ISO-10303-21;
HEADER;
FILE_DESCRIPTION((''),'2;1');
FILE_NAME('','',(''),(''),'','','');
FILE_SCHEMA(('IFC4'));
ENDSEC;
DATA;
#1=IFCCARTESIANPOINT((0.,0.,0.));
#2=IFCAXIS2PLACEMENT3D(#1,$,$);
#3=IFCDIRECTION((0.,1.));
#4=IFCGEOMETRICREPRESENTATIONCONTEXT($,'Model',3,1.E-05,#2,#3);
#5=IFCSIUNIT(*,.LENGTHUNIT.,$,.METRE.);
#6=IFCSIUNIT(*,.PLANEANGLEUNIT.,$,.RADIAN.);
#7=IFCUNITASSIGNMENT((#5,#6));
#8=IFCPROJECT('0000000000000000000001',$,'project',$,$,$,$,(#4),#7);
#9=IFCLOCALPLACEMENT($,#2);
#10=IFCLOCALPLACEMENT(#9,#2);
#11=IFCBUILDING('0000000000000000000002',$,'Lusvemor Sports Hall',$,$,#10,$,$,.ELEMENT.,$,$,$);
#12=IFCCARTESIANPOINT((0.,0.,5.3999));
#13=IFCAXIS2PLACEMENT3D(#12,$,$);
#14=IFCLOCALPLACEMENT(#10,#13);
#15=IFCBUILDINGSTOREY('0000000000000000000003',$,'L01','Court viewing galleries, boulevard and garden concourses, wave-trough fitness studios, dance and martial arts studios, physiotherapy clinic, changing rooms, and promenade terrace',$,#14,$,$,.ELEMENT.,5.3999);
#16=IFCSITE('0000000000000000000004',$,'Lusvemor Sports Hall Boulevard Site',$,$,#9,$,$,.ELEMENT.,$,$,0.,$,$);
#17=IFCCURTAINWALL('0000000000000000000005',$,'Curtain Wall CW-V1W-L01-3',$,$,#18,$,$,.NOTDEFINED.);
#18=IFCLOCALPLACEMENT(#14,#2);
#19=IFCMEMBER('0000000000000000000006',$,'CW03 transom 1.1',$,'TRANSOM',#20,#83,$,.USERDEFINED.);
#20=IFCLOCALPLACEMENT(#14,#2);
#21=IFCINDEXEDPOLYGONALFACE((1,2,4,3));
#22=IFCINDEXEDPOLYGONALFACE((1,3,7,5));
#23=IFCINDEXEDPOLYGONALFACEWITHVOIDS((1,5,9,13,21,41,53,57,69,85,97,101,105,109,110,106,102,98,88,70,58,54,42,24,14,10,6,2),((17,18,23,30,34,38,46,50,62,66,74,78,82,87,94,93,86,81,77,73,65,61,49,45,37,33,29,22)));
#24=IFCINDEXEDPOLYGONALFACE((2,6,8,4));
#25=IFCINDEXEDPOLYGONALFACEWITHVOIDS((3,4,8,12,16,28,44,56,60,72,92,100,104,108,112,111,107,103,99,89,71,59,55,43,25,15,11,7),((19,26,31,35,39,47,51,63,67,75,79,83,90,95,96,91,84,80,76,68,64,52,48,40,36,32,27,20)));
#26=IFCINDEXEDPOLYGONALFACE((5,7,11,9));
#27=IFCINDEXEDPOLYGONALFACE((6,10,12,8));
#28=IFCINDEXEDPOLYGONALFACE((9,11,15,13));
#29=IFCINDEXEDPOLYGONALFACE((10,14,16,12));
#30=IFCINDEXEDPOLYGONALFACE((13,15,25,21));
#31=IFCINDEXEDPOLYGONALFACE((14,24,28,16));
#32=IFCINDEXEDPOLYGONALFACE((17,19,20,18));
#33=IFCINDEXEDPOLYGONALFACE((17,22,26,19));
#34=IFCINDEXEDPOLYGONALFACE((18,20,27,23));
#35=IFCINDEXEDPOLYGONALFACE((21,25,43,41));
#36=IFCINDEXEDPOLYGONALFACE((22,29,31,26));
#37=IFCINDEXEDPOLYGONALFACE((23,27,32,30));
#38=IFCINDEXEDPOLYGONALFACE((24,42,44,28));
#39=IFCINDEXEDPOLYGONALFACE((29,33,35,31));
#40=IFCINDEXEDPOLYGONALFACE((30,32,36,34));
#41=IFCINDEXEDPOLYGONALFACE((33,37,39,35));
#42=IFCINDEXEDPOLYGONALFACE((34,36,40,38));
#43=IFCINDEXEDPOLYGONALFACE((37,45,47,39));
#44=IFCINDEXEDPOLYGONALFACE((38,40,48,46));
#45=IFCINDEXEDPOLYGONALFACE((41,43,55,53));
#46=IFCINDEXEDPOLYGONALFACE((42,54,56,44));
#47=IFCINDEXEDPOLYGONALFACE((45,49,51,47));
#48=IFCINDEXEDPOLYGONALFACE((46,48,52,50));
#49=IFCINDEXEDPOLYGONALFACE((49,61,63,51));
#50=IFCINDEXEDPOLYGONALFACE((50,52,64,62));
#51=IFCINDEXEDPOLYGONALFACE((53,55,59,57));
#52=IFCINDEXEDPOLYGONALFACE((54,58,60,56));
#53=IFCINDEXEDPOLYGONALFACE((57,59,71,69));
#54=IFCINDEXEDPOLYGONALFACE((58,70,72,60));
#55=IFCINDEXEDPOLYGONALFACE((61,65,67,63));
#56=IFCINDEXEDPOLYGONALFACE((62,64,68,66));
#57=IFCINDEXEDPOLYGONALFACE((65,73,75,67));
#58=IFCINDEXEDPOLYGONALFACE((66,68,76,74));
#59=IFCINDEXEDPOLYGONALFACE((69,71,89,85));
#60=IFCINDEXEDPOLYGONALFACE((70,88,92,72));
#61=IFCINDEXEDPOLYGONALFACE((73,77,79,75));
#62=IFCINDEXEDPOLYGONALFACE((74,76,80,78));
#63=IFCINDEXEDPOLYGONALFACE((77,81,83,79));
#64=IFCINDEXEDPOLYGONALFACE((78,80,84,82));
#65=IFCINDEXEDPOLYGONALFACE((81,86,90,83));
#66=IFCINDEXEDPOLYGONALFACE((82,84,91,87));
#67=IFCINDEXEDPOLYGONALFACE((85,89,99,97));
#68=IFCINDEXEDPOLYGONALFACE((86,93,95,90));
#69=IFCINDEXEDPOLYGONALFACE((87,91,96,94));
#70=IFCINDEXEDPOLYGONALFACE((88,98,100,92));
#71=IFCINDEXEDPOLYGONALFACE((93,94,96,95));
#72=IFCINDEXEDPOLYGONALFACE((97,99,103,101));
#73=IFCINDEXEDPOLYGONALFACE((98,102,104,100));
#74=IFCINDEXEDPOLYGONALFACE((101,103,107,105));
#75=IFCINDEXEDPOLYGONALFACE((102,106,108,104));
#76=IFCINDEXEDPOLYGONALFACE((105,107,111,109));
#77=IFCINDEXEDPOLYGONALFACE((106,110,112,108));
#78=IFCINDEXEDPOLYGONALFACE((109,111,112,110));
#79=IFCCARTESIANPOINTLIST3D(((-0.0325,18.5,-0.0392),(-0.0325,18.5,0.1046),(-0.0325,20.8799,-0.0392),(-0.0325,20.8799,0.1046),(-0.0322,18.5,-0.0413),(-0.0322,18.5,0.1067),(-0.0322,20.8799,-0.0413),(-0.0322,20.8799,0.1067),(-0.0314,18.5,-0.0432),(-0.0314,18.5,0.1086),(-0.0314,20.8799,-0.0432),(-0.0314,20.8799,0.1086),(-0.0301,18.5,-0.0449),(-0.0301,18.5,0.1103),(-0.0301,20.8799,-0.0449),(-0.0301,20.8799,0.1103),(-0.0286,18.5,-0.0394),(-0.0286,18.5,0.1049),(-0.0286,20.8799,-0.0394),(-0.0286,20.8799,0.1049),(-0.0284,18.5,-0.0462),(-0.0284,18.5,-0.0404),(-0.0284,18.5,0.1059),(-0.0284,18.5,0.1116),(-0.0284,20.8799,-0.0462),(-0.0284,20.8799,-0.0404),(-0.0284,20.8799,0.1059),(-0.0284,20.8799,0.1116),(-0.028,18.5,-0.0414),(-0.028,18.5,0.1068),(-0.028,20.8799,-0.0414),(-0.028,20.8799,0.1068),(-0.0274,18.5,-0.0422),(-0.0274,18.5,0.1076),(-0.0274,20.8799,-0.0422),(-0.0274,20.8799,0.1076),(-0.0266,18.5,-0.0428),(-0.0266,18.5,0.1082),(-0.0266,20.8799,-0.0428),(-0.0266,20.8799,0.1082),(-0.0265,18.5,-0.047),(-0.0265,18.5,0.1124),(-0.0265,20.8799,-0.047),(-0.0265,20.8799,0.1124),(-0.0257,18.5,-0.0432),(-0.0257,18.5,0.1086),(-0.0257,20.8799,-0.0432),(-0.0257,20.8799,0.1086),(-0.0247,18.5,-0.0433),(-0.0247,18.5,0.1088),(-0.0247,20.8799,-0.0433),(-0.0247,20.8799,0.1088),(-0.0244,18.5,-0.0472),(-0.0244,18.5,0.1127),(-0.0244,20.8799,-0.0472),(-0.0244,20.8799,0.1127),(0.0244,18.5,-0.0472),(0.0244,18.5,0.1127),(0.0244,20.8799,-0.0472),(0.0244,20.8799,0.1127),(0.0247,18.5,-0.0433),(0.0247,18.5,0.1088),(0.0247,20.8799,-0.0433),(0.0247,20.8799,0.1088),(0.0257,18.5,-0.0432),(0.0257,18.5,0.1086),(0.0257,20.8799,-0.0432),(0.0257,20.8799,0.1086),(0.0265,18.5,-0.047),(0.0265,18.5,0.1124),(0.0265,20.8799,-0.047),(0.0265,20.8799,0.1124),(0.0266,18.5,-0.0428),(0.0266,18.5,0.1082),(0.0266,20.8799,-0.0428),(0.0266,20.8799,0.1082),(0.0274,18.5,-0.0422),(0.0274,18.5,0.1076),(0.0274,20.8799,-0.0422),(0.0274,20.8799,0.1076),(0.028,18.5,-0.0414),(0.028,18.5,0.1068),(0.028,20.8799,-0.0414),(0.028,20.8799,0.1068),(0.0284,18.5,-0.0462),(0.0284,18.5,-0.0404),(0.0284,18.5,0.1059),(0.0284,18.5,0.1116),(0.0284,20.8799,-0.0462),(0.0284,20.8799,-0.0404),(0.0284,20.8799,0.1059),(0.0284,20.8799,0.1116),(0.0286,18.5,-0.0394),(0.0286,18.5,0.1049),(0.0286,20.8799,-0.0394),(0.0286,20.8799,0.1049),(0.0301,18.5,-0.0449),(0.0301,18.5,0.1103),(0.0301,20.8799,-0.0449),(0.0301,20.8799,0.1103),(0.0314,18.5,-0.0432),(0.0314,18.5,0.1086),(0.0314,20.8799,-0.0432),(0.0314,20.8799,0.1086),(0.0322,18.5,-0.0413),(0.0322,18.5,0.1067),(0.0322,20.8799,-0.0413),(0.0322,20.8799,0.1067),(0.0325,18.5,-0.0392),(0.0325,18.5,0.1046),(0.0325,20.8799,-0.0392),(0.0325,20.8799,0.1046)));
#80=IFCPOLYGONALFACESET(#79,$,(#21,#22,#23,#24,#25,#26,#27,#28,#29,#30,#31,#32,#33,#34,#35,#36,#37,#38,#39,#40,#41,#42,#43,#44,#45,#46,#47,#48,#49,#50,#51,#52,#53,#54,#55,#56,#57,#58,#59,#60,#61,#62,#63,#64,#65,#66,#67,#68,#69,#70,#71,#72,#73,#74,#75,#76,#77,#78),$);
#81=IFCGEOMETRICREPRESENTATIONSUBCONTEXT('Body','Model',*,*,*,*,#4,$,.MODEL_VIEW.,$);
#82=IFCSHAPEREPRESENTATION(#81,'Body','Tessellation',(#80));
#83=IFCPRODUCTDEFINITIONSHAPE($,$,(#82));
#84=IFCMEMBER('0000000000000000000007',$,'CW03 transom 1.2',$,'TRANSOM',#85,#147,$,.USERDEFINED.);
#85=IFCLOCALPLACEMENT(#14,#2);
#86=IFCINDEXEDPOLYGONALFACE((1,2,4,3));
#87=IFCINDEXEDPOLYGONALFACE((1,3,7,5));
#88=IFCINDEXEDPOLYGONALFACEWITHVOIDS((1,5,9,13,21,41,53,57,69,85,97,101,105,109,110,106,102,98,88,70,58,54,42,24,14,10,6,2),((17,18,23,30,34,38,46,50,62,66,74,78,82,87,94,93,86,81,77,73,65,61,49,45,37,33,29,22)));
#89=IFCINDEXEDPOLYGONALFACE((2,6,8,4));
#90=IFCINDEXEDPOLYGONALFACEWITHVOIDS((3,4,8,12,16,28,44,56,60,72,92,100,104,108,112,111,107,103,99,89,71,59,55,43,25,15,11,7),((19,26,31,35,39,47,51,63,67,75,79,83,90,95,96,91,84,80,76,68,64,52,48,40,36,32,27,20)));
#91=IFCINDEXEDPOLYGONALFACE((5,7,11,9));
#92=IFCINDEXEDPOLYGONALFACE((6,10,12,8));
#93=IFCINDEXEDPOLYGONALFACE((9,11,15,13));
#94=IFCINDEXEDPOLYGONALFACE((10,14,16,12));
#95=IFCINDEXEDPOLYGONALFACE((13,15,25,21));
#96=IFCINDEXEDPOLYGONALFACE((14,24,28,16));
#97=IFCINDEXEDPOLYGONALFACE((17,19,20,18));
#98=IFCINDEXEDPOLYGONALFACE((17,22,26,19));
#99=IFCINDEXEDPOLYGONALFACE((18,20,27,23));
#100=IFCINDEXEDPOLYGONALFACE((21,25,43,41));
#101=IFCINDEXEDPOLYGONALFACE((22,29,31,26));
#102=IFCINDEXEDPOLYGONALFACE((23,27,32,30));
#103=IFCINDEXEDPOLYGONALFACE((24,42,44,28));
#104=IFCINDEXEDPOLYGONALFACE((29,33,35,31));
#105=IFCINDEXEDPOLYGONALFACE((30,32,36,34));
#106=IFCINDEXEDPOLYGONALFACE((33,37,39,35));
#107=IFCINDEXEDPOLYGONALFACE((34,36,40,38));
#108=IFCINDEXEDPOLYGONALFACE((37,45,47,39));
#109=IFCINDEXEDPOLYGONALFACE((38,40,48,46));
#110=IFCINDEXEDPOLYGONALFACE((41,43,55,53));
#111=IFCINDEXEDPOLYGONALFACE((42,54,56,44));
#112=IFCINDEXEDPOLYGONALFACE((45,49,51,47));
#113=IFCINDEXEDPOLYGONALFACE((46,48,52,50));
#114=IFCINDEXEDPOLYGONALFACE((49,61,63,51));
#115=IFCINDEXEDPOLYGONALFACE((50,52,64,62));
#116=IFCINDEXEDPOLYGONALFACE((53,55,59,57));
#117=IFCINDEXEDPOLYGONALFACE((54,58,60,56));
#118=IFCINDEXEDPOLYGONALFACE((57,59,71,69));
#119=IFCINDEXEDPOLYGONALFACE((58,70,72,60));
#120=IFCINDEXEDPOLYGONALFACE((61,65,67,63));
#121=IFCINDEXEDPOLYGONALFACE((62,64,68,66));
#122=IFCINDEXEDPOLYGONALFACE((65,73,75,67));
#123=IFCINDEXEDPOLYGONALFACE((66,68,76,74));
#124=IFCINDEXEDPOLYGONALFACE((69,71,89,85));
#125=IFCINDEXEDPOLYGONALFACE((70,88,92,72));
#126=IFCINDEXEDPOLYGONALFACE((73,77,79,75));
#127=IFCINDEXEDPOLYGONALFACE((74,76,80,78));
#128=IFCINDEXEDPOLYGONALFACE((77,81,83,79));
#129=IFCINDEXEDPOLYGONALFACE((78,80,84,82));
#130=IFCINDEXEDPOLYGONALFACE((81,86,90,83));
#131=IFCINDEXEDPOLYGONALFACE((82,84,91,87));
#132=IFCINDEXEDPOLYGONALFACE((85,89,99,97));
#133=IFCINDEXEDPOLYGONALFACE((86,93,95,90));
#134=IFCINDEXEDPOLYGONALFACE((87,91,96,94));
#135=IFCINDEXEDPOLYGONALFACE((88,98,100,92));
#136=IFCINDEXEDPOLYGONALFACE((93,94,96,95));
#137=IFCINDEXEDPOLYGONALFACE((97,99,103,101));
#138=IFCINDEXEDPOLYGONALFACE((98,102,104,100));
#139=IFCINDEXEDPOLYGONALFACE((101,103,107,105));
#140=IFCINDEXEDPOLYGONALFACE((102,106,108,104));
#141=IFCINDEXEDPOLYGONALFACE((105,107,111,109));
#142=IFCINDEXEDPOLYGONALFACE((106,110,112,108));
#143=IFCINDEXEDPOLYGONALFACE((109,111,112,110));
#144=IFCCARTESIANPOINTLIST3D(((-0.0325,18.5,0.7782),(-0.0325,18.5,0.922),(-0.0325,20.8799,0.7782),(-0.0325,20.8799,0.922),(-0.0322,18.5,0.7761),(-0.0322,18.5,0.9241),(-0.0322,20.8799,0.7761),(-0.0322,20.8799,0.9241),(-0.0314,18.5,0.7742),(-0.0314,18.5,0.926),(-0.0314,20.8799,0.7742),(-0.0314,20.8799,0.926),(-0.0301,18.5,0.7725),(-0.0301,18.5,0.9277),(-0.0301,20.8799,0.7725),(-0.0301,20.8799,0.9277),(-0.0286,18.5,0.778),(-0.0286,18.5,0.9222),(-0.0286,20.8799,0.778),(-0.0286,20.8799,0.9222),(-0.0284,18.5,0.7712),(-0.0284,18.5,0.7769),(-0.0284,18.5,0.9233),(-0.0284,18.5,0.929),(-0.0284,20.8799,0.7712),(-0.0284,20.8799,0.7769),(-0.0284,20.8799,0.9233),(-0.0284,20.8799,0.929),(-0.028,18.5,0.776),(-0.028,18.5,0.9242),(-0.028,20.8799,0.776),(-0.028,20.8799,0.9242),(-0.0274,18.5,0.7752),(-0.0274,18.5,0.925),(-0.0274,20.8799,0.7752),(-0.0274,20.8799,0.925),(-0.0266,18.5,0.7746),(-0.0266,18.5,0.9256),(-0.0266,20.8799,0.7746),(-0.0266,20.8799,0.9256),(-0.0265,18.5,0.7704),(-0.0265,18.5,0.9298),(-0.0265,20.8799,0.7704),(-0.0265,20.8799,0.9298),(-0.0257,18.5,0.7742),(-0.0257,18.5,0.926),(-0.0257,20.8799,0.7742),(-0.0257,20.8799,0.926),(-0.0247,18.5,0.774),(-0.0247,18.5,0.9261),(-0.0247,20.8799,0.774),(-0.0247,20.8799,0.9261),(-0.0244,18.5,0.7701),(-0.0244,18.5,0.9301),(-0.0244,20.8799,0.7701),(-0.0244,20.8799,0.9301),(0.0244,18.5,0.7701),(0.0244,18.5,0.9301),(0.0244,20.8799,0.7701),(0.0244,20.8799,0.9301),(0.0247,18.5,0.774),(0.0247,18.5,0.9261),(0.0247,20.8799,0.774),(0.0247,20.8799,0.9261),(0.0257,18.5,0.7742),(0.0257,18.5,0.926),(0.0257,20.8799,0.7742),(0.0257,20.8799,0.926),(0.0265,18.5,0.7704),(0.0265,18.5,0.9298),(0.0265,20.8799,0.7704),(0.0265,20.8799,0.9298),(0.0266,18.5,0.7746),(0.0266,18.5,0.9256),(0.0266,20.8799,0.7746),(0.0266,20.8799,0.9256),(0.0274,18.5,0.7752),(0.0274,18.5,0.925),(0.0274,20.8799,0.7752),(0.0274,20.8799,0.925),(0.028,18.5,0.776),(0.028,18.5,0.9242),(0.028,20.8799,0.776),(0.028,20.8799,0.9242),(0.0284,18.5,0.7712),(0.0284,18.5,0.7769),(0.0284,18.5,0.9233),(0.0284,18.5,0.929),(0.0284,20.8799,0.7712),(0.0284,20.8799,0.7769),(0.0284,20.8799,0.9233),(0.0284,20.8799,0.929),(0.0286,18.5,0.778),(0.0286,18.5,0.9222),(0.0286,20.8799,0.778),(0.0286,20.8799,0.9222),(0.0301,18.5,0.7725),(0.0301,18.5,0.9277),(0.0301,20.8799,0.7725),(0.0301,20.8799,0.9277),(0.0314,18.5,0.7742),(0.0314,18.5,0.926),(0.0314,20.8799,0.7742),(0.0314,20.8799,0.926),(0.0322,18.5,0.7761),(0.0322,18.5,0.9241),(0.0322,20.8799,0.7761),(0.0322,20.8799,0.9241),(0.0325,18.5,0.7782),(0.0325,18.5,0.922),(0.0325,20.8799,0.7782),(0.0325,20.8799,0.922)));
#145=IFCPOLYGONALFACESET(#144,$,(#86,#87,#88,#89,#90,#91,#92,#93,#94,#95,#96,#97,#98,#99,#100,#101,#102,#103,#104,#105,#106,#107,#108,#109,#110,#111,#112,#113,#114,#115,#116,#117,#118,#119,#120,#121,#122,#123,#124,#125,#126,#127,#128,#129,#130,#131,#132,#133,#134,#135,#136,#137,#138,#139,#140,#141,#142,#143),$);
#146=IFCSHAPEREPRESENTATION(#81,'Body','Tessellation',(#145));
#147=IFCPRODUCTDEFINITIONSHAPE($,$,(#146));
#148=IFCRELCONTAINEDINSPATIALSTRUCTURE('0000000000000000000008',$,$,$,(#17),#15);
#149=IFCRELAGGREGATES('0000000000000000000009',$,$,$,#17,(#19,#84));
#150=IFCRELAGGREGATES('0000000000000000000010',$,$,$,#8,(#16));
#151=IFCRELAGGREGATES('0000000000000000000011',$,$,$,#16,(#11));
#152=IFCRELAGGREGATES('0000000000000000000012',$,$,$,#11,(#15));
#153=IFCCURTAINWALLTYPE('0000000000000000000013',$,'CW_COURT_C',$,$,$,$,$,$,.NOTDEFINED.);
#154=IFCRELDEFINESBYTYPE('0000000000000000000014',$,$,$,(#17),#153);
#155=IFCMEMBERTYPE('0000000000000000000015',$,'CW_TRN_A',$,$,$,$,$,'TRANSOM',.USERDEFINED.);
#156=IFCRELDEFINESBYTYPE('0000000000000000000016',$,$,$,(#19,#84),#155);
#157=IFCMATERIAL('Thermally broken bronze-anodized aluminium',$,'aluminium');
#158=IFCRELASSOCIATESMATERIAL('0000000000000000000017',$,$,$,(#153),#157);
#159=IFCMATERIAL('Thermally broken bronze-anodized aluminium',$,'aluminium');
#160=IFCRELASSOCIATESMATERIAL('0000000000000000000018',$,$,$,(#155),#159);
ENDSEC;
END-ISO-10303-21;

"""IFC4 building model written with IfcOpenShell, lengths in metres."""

from ifc_helpers import new_model, si_unit, direction, frame, origin, origin_2d, place, context, subcontext, project, spatial, hollow_rectangle, extrude, material, material_profile, profile_set, type_object, element, aggregate, save


model = new_model("IFC4")

# Units and contexts
model_context = context("Model", 3, precision=1e-05, world=origin(), true_north=direction((0.0, 1.0)))
body_context = subcontext(model_context, "Body", "Model", "MODEL_VIEW")
ifc_project = project(units=[si_unit("LENGTHUNIT", "METRE"), si_unit("PLANEANGLEUNIT", "RADIAN")], contexts=[model_context])

# Site, building, storey
site_placement = place(None, origin())
site = spatial("IfcSite", under=ifc_project, at=site_placement, Name="Lusvemor Sports Hall Boulevard Site", CompositionType="ELEMENT", RefElevation=0.0)
building_placement = place(site_placement, origin())
building = spatial("IfcBuilding", under=site, at=building_placement, Name="Lusvemor Sports Hall", CompositionType="ELEMENT")
storey_placement = place(building_placement, frame((0.0, 0.0, 5.3999)))
storey = spatial("IfcBuildingStorey", under=building, at=storey_placement, Name="L01", Description="Court viewing galleries, boulevard and garden concourses, wave-trough fitness studios, dance and martial arts studios, physiotherapy clinic, changing rooms, and promenade terrace", CompositionType="ELEMENT", Elevation=5.3999)

# Shared definitions
ifc_material_1 = material(Name="Thermally broken bronze-anodized aluminium", Category="aluminium")
curtain_wall_type = type_object("IfcCurtainWallType", Name="CW_COURT_C", PredefinedType="NOTDEFINED", material=ifc_material_1)

# Curtain wall, members
curtain_wall_1_placement = place(storey_placement, origin())
curtain_wall_1 = element("IfcCurtainWall", 1, at=curtain_wall_1_placement, inside=storey, type_object=curtain_wall_type, Name="Curtain Wall CW-V1W-L01-3", PredefinedType="NOTDEFINED")
ifc_material_2 = material(Name="Thermally broken bronze-anodized aluminium", Category="aluminium")
ifc_material_profile_1 = material_profile(ifc_material_2, hollow_rectangle(XDim=0.0649, YDim=0.1599, WallThickness=0.0039, InnerFilletRadius=0.0039, OuterFilletRadius=0.0081, at=origin_2d()), Name="CWTRN160x65x4")
ifc_profile_set_1 = profile_set([ifc_material_profile_1], Name="Thermally broken bronze-anodized aluminium")
member_type_1 = type_object("IfcMemberType", Name="CW_TRN_A", ElementType="TRANSOM", PredefinedType="USERDEFINED", material=ifc_profile_set_1)
member_1_placement = place(storey_placement, frame((0.0, 18.5, 0.0327), z_axis=(0.0, 1.0, 0.0), x_axis=(-1.0, 0.0, 0.0)))
member_1 = element("IfcMember", 2, at=member_1_placement, type_object=member_type_1, Name="CW03 transom 1.1", ObjectType="TRANSOM", PredefinedType="USERDEFINED", context=body_context, shape_type="SweptSolid", body=[
    extrude(hollow_rectangle(XDim=0.0649, YDim=0.1599, WallThickness=0.0039, InnerFilletRadius=0.0039, OuterFilletRadius=0.0081, at=origin_2d()), origin(), (0.0, 0.0, 1.0), 2.3799),
])
member_2_placement = place(storey_placement, frame((0.0, 18.5, 0.8501), z_axis=(0.0, 1.0, 0.0), x_axis=(-1.0, 0.0, 0.0)))
member_2 = element("IfcMember", 3, at=member_2_placement, type_object=member_type_1, Name="CW03 transom 1.2", ObjectType="TRANSOM", PredefinedType="USERDEFINED", context=body_context, shape_type="SweptSolid", body=[
    extrude(hollow_rectangle(XDim=0.0649, YDim=0.1599, WallThickness=0.0039, InnerFilletRadius=0.0039, OuterFilletRadius=0.0081, at=origin_2d()), origin(), (0.0, 0.0, 1.0), 2.3799),
])
aggregate(curtain_wall_1, [member_1, member_2])

save(model, "model.ifc")
